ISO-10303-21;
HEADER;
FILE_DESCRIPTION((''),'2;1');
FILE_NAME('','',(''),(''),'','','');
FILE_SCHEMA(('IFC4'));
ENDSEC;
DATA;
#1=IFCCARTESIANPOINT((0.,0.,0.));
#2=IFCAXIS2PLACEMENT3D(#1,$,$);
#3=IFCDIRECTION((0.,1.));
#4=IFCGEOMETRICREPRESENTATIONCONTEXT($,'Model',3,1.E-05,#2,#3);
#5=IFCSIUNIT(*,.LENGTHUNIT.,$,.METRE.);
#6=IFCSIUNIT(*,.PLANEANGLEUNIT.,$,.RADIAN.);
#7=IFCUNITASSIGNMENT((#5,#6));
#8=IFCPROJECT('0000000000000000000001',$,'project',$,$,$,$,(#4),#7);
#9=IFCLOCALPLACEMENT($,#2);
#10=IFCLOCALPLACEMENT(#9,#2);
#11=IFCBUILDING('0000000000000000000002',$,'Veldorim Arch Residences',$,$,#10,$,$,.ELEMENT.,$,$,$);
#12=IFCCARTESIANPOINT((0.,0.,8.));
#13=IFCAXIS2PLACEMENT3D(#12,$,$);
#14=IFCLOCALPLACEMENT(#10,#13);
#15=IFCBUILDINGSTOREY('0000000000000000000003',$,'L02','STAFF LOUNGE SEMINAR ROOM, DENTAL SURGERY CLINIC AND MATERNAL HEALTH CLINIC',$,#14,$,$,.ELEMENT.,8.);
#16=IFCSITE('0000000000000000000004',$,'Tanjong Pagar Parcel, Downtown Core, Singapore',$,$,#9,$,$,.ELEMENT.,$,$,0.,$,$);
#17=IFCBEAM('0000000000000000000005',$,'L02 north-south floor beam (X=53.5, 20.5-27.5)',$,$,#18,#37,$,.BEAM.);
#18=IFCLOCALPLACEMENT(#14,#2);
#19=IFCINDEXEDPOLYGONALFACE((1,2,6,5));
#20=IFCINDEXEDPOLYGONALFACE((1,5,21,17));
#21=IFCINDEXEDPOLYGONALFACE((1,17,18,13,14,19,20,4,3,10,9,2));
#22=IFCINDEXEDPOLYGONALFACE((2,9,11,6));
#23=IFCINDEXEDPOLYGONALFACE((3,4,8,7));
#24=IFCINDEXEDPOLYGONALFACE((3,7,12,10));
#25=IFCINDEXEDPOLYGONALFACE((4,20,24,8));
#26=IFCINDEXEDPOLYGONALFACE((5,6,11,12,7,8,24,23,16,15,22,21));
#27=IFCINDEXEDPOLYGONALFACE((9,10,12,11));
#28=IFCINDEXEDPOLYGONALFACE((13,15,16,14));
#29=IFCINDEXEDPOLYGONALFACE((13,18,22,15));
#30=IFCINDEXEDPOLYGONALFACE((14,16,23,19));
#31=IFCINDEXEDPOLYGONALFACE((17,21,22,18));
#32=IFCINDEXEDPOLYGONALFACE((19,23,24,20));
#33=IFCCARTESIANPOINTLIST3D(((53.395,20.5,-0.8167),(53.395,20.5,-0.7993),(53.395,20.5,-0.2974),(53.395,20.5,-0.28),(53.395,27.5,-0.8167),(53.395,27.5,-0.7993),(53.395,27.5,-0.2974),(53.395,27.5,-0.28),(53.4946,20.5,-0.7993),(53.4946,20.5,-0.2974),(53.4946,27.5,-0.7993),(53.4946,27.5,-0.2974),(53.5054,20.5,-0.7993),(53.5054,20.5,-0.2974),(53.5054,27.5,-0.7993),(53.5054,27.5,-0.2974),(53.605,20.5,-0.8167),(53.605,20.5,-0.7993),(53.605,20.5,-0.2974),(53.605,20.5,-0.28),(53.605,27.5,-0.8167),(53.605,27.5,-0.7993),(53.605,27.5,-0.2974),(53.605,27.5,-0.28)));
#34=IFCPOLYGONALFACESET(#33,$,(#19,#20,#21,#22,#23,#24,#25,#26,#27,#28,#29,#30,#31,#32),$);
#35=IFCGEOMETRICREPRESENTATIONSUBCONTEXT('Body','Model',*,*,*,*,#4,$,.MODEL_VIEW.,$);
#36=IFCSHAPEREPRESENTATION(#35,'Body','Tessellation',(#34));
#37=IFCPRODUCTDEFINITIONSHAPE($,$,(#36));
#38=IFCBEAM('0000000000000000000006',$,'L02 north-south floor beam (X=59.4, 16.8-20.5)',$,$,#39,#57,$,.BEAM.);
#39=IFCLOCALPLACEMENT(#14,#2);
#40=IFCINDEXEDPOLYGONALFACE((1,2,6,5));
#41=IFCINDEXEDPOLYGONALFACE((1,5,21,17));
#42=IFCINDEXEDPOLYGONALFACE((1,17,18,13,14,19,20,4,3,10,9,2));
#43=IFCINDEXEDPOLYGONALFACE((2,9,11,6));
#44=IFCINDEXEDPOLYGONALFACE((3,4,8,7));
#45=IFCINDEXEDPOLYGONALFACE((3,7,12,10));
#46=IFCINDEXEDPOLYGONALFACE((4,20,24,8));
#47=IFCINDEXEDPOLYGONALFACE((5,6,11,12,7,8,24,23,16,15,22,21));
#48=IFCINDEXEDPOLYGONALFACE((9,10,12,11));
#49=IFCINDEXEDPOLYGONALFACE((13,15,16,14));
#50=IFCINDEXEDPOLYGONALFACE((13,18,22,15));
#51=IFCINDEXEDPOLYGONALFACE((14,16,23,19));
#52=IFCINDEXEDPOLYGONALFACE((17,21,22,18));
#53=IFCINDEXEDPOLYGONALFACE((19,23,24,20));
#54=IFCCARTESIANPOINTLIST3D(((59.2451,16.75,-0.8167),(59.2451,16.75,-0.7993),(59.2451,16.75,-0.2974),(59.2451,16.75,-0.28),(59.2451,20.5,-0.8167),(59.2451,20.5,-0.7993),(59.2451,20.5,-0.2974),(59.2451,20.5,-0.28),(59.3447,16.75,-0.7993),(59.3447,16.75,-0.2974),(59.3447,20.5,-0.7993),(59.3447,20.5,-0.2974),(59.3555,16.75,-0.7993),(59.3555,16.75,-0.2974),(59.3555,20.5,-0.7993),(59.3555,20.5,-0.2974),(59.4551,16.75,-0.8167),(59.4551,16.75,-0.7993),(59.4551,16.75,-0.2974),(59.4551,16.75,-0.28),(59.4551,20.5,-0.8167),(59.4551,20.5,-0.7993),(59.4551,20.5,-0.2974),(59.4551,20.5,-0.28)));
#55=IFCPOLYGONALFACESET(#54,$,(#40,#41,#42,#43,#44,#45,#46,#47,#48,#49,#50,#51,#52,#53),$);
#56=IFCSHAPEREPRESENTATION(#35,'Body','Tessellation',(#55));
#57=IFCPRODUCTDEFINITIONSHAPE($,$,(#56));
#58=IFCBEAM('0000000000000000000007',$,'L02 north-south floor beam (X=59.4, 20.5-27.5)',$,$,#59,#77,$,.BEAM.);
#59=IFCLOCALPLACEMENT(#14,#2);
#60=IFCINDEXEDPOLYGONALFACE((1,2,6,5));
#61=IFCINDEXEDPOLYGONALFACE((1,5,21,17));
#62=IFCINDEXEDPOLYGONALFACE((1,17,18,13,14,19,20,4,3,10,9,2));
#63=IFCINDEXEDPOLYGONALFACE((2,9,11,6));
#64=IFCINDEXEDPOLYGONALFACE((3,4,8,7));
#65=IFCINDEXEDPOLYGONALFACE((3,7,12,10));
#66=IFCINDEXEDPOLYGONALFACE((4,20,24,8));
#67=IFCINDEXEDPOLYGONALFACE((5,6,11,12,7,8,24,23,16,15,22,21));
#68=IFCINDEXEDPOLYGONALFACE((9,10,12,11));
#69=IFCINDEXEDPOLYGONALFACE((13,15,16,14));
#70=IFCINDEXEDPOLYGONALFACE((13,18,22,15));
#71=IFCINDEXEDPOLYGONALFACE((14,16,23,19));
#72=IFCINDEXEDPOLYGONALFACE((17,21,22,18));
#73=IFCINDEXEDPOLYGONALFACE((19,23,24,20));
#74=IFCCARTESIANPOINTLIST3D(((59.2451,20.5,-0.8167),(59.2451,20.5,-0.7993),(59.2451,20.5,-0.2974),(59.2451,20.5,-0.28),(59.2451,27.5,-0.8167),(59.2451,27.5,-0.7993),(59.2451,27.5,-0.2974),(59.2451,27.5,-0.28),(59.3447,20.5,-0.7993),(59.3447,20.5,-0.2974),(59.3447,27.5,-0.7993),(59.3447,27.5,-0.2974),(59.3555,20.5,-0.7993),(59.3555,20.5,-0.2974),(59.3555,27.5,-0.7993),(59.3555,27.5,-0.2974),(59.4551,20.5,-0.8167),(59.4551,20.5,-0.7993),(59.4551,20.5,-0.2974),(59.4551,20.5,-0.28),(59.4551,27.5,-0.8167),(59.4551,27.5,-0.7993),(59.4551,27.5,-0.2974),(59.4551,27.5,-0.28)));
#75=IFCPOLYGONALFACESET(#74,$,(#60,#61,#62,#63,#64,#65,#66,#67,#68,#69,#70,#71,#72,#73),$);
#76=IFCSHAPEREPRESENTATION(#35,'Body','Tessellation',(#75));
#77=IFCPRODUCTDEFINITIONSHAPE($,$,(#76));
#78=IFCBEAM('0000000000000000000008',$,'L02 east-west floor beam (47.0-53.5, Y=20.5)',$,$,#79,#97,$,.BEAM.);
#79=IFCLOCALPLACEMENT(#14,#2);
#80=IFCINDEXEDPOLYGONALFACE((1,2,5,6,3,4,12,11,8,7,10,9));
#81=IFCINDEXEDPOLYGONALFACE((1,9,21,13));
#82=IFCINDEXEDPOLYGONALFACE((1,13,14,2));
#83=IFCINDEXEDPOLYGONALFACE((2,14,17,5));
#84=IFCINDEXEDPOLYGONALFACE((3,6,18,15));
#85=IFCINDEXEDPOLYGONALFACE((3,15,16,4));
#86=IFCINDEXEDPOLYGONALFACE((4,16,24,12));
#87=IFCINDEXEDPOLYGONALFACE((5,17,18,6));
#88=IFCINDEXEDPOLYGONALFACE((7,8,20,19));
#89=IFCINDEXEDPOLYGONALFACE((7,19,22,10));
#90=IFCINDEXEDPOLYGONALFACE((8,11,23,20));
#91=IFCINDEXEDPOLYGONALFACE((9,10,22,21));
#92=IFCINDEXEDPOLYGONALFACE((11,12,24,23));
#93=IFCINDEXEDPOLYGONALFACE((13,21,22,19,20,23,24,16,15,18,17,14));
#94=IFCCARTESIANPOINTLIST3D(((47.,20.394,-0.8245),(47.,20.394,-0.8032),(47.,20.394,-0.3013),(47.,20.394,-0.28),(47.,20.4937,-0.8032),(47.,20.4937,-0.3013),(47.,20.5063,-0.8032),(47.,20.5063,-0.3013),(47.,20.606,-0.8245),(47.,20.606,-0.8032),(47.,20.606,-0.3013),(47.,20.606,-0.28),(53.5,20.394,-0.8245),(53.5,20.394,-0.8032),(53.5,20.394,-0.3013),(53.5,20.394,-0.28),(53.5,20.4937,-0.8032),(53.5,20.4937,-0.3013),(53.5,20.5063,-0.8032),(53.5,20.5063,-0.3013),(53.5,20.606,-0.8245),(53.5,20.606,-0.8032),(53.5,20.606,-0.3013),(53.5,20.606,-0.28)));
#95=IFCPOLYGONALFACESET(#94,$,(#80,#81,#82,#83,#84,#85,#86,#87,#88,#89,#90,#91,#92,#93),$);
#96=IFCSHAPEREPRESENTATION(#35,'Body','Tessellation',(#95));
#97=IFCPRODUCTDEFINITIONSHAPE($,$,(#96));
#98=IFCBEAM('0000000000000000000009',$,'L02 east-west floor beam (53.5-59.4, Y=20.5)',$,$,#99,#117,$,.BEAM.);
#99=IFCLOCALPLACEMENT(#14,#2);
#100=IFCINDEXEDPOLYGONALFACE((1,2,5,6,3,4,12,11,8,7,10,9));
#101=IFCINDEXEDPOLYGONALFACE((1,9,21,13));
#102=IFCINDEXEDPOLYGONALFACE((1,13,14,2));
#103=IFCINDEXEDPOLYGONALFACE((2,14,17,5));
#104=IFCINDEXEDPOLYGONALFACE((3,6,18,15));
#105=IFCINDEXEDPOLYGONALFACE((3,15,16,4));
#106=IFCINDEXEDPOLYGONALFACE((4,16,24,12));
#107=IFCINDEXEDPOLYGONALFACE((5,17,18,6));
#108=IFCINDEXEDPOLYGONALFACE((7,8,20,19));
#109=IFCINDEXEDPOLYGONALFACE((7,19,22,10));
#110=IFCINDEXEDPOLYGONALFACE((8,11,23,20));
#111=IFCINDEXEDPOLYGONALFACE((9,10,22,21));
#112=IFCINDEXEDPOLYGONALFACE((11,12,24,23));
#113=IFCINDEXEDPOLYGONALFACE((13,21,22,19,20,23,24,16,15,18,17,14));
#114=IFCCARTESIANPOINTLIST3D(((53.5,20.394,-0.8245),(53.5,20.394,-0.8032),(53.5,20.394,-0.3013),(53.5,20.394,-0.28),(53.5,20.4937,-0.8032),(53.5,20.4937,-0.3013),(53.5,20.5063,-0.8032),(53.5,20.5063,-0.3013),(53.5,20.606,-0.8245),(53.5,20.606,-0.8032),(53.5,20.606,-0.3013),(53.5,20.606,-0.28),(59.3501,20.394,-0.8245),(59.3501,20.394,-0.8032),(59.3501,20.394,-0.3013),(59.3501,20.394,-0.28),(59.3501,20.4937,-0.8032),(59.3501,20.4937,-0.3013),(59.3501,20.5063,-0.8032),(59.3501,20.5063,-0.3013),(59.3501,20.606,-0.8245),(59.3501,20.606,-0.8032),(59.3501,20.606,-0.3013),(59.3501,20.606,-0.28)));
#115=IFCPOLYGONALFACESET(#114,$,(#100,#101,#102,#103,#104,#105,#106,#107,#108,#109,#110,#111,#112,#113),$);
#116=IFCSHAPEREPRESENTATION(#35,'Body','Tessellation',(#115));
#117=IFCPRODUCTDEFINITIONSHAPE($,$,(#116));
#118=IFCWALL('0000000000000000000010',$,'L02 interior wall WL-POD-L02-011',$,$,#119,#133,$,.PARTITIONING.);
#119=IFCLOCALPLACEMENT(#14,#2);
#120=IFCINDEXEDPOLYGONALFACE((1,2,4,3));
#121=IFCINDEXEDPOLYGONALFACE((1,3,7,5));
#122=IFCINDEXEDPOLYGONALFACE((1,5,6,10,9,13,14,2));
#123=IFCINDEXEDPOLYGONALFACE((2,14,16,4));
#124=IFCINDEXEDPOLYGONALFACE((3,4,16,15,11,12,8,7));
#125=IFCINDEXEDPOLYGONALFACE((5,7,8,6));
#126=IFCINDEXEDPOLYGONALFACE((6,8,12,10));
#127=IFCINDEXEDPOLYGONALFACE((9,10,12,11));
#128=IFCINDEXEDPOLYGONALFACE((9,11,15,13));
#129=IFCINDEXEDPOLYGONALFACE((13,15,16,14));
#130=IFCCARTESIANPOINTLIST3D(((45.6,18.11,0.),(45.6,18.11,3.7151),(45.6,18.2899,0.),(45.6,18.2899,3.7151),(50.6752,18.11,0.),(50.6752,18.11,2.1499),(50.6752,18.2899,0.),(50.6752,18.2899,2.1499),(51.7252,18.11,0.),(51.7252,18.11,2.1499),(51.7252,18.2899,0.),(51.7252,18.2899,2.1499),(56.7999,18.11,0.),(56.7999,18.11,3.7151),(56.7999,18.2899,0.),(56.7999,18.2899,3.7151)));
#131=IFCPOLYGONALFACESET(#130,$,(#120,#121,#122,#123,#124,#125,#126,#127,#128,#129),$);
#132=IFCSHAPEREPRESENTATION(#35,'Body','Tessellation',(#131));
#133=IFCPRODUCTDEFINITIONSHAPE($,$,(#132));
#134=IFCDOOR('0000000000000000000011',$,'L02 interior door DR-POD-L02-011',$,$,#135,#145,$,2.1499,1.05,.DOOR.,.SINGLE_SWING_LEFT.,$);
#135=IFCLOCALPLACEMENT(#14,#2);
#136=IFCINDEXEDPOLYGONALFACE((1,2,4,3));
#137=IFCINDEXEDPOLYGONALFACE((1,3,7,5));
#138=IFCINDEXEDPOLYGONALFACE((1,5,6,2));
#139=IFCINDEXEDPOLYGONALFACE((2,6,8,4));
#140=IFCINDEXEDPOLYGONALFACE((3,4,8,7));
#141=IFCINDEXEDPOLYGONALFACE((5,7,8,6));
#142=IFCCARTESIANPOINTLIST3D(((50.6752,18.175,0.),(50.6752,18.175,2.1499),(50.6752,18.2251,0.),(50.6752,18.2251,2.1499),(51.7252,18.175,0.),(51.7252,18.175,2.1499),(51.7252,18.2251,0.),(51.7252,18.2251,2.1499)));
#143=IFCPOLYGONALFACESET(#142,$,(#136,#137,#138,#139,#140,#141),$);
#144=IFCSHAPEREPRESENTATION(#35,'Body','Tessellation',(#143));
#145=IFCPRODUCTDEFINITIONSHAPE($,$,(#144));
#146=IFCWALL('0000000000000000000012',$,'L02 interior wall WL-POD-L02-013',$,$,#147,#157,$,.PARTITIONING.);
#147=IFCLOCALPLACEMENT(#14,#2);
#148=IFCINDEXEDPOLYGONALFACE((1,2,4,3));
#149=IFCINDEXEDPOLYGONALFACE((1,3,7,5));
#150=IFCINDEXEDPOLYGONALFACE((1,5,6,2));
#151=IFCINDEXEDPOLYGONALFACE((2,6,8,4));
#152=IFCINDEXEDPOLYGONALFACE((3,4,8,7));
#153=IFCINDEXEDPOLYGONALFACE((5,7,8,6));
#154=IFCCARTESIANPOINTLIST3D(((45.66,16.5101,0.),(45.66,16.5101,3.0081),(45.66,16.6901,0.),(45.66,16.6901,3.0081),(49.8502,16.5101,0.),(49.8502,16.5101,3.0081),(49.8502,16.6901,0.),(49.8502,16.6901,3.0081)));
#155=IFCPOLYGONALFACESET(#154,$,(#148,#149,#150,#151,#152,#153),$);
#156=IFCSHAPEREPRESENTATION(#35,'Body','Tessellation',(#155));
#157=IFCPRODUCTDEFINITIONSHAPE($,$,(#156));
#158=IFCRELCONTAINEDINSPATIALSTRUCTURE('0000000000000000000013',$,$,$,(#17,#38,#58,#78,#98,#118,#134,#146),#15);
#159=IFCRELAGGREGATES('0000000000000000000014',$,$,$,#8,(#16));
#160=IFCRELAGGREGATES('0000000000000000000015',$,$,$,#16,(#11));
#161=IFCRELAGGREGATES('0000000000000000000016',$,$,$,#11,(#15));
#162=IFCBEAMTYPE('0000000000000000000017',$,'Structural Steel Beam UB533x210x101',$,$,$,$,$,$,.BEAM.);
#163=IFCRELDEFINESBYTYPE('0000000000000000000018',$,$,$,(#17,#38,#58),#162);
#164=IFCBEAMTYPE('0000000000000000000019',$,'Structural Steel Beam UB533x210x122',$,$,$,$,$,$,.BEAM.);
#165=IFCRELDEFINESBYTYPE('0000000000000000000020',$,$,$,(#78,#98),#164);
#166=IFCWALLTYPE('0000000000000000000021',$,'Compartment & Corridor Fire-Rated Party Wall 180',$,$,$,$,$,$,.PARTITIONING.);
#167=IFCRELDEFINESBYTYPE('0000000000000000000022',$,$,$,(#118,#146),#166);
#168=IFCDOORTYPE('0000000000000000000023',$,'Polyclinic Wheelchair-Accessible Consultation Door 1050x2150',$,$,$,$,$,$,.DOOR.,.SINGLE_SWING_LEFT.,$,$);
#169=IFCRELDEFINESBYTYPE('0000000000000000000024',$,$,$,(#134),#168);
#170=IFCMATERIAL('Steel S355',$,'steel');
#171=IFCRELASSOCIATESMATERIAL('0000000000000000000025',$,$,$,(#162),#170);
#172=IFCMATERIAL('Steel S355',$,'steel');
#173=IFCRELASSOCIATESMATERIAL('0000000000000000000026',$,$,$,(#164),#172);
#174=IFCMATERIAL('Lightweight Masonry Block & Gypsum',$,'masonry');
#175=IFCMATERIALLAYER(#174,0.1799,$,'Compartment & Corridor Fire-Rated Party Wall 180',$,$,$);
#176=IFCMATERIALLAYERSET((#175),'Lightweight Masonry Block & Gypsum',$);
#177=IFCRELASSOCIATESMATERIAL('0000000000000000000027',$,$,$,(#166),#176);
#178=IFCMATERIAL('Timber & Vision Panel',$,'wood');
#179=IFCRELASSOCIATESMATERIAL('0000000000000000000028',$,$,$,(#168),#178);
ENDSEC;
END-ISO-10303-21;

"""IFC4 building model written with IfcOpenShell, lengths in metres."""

from ifc_helpers import new_model, si_unit, direction, frame, frame_2d, origin, origin_2d, place, context, subcontext, project, spatial, rectangle, i_section, extrude, material, layer, layer_set, material_profile, profile_set, type_object, element, fill, save


model = new_model("IFC4")

# Units and contexts
model_context = context("Model", 3, precision=1e-05, world=origin(), true_north=direction((0.0, 1.0)))
body_context = subcontext(model_context, "Body", "Model", "MODEL_VIEW")
ifc_project = project(units=[si_unit("LENGTHUNIT", "METRE"), si_unit("PLANEANGLEUNIT", "RADIAN")], contexts=[model_context])

# Site, building, storey
site_placement = place(None, origin())
site = spatial("IfcSite", under=ifc_project, at=site_placement, Name="Tanjong Pagar Parcel, Downtown Core, Singapore", CompositionType="ELEMENT", RefElevation=0.0)
building_placement = place(site_placement, origin())
building = spatial("IfcBuilding", under=site, at=building_placement, Name="Veldorim Arch Residences", CompositionType="ELEMENT")
storey_placement = place(building_placement, frame((0.0, 0.0, 8.0)))
storey = spatial("IfcBuildingStorey", under=building, at=storey_placement, Name="L02", Description="STAFF LOUNGE SEMINAR ROOM, DENTAL SURGERY CLINIC AND MATERNAL HEALTH CLINIC", CompositionType="ELEMENT", Elevation=8.0)

# Beams
ifc_material_1 = material(Name="Steel S355", Category="steel")
ifc_material_profile_1 = material_profile(ifc_material_1, i_section(OverallWidth=0.21, OverallDepth=0.5366, WebThickness=0.0107, FlangeThickness=0.0173, at=origin_2d()), Name="UB533x210x101")
ifc_profile_set_1 = profile_set([ifc_material_profile_1], Name="Steel S355")
beam_type_1 = type_object("IfcBeamType", Name="Structural Steel Beam UB533x210x101", PredefinedType="BEAM", material=ifc_profile_set_1)
for number, where, z_axis, x_axis, name in (
    (1, (53.5, 20.5, -0.5483), (0.0, 1.0, 0.0), (-1.0, 0.0, 0.0), "L02 north-south floor beam (X=53.5, 20.5-27.5)"),
):
    element("IfcBeam", number, at=place(storey_placement, frame(where, z_axis=z_axis, x_axis=x_axis)), inside=storey, type_object=beam_type_1, Name=name, PredefinedType="BEAM", context=body_context, shape_type="SweptSolid", body=[
        extrude(i_section(OverallWidth=0.21, OverallDepth=0.5366, WebThickness=0.0107, FlangeThickness=0.0173, at=origin_2d()), origin(), (0.0, 0.0, 1.0), 7.0),
    ])
beam_1_placement = place(storey_placement, frame((59.3501, 16.75, -0.5483), z_axis=(0.0, 1.0, 0.0), x_axis=(-1.0, 0.0, 0.0)))
element("IfcBeam", 2, at=beam_1_placement, inside=storey, type_object=beam_type_1, Name="L02 north-south floor beam (X=59.4, 16.8-20.5)", PredefinedType="BEAM", context=body_context, shape_type="SweptSolid", body=[
    extrude(i_section(OverallWidth=0.21, OverallDepth=0.5366, WebThickness=0.0107, FlangeThickness=0.0173, at=origin_2d()), origin(), (0.0, 0.0, 1.0), 3.75),
])
beam_2_placement = place(storey_placement, frame((59.3501, 20.5, -0.5483), z_axis=(0.0, 1.0, 0.0), x_axis=(-1.0, 0.0, 0.0)))
element("IfcBeam", 3, at=beam_2_placement, inside=storey, type_object=beam_type_1, Name="L02 north-south floor beam (X=59.4, 20.5-27.5)", PredefinedType="BEAM", context=body_context, shape_type="SweptSolid", body=[
    extrude(i_section(OverallWidth=0.21, OverallDepth=0.5366, WebThickness=0.0107, FlangeThickness=0.0173, at=origin_2d()), origin(), (0.0, 0.0, 1.0), 7.0),
])
ifc_material_2 = material(Name="Steel S355", Category="steel")
ifc_material_profile_2 = material_profile(ifc_material_2, i_section(OverallWidth=0.2119, OverallDepth=0.5444, WebThickness=0.0127, FlangeThickness=0.0212, at=origin_2d()), Name="UB533x210x122")
ifc_profile_set_2 = profile_set([ifc_material_profile_2], Name="Steel S355")
beam_type_2 = type_object("IfcBeamType", Name="Structural Steel Beam UB533x210x122", PredefinedType="BEAM", material=ifc_profile_set_2)
beam_3_placement = place(storey_placement, frame((47.0, 20.5, -0.5522), z_axis=(1.0, 0.0, 0.0), x_axis=(0.0, 1.0, 0.0)))
element("IfcBeam", 4, at=beam_3_placement, inside=storey, type_object=beam_type_2, Name="L02 east-west floor beam (47.0-53.5, Y=20.5)", PredefinedType="BEAM", context=body_context, shape_type="SweptSolid", body=[
    extrude(i_section(OverallWidth=0.2119, OverallDepth=0.5444, WebThickness=0.0127, FlangeThickness=0.0212, at=origin_2d()), origin(), (0.0, 0.0, 1.0), 6.5),
])
beam_4_placement = place(storey_placement, frame((53.5, 20.5, -0.5522), z_axis=(1.0, 0.0, 0.0), x_axis=(0.0, 1.0, 0.0)))
element("IfcBeam", 5, at=beam_4_placement, inside=storey, type_object=beam_type_2, Name="L02 east-west floor beam (53.5-59.4, Y=20.5)", PredefinedType="BEAM", context=body_context, shape_type="SweptSolid", body=[
    extrude(i_section(OverallWidth=0.2119, OverallDepth=0.5444, WebThickness=0.0127, FlangeThickness=0.0212, at=origin_2d()), origin(), (0.0, 0.0, 1.0), 5.8501),
])

# Wall, opening, door
ifc_material_3 = material(Name="Lightweight Masonry Block & Gypsum", Category="masonry")
ifc_layer_1 = layer(ifc_material_3, 0.1799, Name="Compartment & Corridor Fire-Rated Party Wall 180")
ifc_layer_set_1 = layer_set([ifc_layer_1], Name="Lightweight Masonry Block & Gypsum")
wall_type_1 = type_object("IfcWallType", Name="Compartment & Corridor Fire-Rated Party Wall 180", PredefinedType="PARTITIONING", material=ifc_layer_set_1)
wall_1_placement = place(storey_placement, frame((56.8, 18.2, 0.0), z_axis=(0.0, 0.0, 1.0), x_axis=(-1.0, 0.0, 0.0)))
wall_1 = element("IfcWall", 6, at=wall_1_placement, inside=storey, type_object=wall_type_1, Name="L02 interior wall WL-POD-L02-011", PredefinedType="PARTITIONING", context=body_context, shape_type="SweptSolid", body=[
    extrude(rectangle(XDim=11.2, YDim=0.1799, at=frame_2d((5.6001, 0.0))), origin(), (0.0, 0.0, 1.0), 3.7151),
])
opening_1_placement = place(wall_1_placement, frame((5.075, 0.0, 0.0)))
opening_1 = element("IfcOpeningElement", 7, at=opening_1_placement, cuts=wall_1, PredefinedType="OPENING", context=body_context, shape_type="SweptSolid", body=[
    extrude(rectangle(XDim=1.05, YDim=2.1499, at=frame_2d((0.5249, 1.075))), frame((0.0, 0.0999, 0.0), z_axis=(0.0, -1.0, 0.0), x_axis=(1.0, 0.0, 0.0)), (0.0, 0.0, 1.0), 0.2),
])
ifc_material_4 = material(Name="Timber & Vision Panel", Category="wood")
door_type_1 = type_object("IfcDoorType", Name="Polyclinic Wheelchair-Accessible Consultation Door 1050x2150", OperationType="SINGLE_SWING_LEFT", PredefinedType="DOOR", material=ifc_material_4)
door_1_placement = place(opening_1_placement, origin())
door_1 = element("IfcDoor", 8, at=door_1_placement, inside=storey, type_object=door_type_1, Name="L02 interior door DR-POD-L02-011", OperationType="SINGLE_SWING_LEFT", OverallHeight=2.1499, OverallWidth=1.05, PredefinedType="DOOR", context=body_context, shape_type="SweptSolid", body=[
    extrude(rectangle(XDim=1.05, YDim=2.1499, at=frame_2d((0.5249, 1.075))), frame((0.0, 0.0249, 0.0), z_axis=(0.0, -1.0, 0.0), x_axis=(1.0, 0.0, 0.0)), (0.0, 0.0, 1.0), 0.05),
])
fill(opening_1, door_1)

# Wall
wall_2_placement = place(storey_placement, frame((45.6599, 16.6001, 0.0), z_axis=(0.0, 0.0, 1.0), x_axis=(1.0, 0.0, 0.0)))
element("IfcWall", 9, at=wall_2_placement, inside=storey, type_object=wall_type_1, Name="L02 interior wall WL-POD-L02-013", PredefinedType="PARTITIONING", context=body_context, shape_type="SweptSolid", body=[
    extrude(rectangle(XDim=4.1902, YDim=0.1799, at=frame_2d((2.0952, 0.0))), origin(), (0.0, 0.0, 1.0), 3.0081),
])

save(model, "model.ifc")
